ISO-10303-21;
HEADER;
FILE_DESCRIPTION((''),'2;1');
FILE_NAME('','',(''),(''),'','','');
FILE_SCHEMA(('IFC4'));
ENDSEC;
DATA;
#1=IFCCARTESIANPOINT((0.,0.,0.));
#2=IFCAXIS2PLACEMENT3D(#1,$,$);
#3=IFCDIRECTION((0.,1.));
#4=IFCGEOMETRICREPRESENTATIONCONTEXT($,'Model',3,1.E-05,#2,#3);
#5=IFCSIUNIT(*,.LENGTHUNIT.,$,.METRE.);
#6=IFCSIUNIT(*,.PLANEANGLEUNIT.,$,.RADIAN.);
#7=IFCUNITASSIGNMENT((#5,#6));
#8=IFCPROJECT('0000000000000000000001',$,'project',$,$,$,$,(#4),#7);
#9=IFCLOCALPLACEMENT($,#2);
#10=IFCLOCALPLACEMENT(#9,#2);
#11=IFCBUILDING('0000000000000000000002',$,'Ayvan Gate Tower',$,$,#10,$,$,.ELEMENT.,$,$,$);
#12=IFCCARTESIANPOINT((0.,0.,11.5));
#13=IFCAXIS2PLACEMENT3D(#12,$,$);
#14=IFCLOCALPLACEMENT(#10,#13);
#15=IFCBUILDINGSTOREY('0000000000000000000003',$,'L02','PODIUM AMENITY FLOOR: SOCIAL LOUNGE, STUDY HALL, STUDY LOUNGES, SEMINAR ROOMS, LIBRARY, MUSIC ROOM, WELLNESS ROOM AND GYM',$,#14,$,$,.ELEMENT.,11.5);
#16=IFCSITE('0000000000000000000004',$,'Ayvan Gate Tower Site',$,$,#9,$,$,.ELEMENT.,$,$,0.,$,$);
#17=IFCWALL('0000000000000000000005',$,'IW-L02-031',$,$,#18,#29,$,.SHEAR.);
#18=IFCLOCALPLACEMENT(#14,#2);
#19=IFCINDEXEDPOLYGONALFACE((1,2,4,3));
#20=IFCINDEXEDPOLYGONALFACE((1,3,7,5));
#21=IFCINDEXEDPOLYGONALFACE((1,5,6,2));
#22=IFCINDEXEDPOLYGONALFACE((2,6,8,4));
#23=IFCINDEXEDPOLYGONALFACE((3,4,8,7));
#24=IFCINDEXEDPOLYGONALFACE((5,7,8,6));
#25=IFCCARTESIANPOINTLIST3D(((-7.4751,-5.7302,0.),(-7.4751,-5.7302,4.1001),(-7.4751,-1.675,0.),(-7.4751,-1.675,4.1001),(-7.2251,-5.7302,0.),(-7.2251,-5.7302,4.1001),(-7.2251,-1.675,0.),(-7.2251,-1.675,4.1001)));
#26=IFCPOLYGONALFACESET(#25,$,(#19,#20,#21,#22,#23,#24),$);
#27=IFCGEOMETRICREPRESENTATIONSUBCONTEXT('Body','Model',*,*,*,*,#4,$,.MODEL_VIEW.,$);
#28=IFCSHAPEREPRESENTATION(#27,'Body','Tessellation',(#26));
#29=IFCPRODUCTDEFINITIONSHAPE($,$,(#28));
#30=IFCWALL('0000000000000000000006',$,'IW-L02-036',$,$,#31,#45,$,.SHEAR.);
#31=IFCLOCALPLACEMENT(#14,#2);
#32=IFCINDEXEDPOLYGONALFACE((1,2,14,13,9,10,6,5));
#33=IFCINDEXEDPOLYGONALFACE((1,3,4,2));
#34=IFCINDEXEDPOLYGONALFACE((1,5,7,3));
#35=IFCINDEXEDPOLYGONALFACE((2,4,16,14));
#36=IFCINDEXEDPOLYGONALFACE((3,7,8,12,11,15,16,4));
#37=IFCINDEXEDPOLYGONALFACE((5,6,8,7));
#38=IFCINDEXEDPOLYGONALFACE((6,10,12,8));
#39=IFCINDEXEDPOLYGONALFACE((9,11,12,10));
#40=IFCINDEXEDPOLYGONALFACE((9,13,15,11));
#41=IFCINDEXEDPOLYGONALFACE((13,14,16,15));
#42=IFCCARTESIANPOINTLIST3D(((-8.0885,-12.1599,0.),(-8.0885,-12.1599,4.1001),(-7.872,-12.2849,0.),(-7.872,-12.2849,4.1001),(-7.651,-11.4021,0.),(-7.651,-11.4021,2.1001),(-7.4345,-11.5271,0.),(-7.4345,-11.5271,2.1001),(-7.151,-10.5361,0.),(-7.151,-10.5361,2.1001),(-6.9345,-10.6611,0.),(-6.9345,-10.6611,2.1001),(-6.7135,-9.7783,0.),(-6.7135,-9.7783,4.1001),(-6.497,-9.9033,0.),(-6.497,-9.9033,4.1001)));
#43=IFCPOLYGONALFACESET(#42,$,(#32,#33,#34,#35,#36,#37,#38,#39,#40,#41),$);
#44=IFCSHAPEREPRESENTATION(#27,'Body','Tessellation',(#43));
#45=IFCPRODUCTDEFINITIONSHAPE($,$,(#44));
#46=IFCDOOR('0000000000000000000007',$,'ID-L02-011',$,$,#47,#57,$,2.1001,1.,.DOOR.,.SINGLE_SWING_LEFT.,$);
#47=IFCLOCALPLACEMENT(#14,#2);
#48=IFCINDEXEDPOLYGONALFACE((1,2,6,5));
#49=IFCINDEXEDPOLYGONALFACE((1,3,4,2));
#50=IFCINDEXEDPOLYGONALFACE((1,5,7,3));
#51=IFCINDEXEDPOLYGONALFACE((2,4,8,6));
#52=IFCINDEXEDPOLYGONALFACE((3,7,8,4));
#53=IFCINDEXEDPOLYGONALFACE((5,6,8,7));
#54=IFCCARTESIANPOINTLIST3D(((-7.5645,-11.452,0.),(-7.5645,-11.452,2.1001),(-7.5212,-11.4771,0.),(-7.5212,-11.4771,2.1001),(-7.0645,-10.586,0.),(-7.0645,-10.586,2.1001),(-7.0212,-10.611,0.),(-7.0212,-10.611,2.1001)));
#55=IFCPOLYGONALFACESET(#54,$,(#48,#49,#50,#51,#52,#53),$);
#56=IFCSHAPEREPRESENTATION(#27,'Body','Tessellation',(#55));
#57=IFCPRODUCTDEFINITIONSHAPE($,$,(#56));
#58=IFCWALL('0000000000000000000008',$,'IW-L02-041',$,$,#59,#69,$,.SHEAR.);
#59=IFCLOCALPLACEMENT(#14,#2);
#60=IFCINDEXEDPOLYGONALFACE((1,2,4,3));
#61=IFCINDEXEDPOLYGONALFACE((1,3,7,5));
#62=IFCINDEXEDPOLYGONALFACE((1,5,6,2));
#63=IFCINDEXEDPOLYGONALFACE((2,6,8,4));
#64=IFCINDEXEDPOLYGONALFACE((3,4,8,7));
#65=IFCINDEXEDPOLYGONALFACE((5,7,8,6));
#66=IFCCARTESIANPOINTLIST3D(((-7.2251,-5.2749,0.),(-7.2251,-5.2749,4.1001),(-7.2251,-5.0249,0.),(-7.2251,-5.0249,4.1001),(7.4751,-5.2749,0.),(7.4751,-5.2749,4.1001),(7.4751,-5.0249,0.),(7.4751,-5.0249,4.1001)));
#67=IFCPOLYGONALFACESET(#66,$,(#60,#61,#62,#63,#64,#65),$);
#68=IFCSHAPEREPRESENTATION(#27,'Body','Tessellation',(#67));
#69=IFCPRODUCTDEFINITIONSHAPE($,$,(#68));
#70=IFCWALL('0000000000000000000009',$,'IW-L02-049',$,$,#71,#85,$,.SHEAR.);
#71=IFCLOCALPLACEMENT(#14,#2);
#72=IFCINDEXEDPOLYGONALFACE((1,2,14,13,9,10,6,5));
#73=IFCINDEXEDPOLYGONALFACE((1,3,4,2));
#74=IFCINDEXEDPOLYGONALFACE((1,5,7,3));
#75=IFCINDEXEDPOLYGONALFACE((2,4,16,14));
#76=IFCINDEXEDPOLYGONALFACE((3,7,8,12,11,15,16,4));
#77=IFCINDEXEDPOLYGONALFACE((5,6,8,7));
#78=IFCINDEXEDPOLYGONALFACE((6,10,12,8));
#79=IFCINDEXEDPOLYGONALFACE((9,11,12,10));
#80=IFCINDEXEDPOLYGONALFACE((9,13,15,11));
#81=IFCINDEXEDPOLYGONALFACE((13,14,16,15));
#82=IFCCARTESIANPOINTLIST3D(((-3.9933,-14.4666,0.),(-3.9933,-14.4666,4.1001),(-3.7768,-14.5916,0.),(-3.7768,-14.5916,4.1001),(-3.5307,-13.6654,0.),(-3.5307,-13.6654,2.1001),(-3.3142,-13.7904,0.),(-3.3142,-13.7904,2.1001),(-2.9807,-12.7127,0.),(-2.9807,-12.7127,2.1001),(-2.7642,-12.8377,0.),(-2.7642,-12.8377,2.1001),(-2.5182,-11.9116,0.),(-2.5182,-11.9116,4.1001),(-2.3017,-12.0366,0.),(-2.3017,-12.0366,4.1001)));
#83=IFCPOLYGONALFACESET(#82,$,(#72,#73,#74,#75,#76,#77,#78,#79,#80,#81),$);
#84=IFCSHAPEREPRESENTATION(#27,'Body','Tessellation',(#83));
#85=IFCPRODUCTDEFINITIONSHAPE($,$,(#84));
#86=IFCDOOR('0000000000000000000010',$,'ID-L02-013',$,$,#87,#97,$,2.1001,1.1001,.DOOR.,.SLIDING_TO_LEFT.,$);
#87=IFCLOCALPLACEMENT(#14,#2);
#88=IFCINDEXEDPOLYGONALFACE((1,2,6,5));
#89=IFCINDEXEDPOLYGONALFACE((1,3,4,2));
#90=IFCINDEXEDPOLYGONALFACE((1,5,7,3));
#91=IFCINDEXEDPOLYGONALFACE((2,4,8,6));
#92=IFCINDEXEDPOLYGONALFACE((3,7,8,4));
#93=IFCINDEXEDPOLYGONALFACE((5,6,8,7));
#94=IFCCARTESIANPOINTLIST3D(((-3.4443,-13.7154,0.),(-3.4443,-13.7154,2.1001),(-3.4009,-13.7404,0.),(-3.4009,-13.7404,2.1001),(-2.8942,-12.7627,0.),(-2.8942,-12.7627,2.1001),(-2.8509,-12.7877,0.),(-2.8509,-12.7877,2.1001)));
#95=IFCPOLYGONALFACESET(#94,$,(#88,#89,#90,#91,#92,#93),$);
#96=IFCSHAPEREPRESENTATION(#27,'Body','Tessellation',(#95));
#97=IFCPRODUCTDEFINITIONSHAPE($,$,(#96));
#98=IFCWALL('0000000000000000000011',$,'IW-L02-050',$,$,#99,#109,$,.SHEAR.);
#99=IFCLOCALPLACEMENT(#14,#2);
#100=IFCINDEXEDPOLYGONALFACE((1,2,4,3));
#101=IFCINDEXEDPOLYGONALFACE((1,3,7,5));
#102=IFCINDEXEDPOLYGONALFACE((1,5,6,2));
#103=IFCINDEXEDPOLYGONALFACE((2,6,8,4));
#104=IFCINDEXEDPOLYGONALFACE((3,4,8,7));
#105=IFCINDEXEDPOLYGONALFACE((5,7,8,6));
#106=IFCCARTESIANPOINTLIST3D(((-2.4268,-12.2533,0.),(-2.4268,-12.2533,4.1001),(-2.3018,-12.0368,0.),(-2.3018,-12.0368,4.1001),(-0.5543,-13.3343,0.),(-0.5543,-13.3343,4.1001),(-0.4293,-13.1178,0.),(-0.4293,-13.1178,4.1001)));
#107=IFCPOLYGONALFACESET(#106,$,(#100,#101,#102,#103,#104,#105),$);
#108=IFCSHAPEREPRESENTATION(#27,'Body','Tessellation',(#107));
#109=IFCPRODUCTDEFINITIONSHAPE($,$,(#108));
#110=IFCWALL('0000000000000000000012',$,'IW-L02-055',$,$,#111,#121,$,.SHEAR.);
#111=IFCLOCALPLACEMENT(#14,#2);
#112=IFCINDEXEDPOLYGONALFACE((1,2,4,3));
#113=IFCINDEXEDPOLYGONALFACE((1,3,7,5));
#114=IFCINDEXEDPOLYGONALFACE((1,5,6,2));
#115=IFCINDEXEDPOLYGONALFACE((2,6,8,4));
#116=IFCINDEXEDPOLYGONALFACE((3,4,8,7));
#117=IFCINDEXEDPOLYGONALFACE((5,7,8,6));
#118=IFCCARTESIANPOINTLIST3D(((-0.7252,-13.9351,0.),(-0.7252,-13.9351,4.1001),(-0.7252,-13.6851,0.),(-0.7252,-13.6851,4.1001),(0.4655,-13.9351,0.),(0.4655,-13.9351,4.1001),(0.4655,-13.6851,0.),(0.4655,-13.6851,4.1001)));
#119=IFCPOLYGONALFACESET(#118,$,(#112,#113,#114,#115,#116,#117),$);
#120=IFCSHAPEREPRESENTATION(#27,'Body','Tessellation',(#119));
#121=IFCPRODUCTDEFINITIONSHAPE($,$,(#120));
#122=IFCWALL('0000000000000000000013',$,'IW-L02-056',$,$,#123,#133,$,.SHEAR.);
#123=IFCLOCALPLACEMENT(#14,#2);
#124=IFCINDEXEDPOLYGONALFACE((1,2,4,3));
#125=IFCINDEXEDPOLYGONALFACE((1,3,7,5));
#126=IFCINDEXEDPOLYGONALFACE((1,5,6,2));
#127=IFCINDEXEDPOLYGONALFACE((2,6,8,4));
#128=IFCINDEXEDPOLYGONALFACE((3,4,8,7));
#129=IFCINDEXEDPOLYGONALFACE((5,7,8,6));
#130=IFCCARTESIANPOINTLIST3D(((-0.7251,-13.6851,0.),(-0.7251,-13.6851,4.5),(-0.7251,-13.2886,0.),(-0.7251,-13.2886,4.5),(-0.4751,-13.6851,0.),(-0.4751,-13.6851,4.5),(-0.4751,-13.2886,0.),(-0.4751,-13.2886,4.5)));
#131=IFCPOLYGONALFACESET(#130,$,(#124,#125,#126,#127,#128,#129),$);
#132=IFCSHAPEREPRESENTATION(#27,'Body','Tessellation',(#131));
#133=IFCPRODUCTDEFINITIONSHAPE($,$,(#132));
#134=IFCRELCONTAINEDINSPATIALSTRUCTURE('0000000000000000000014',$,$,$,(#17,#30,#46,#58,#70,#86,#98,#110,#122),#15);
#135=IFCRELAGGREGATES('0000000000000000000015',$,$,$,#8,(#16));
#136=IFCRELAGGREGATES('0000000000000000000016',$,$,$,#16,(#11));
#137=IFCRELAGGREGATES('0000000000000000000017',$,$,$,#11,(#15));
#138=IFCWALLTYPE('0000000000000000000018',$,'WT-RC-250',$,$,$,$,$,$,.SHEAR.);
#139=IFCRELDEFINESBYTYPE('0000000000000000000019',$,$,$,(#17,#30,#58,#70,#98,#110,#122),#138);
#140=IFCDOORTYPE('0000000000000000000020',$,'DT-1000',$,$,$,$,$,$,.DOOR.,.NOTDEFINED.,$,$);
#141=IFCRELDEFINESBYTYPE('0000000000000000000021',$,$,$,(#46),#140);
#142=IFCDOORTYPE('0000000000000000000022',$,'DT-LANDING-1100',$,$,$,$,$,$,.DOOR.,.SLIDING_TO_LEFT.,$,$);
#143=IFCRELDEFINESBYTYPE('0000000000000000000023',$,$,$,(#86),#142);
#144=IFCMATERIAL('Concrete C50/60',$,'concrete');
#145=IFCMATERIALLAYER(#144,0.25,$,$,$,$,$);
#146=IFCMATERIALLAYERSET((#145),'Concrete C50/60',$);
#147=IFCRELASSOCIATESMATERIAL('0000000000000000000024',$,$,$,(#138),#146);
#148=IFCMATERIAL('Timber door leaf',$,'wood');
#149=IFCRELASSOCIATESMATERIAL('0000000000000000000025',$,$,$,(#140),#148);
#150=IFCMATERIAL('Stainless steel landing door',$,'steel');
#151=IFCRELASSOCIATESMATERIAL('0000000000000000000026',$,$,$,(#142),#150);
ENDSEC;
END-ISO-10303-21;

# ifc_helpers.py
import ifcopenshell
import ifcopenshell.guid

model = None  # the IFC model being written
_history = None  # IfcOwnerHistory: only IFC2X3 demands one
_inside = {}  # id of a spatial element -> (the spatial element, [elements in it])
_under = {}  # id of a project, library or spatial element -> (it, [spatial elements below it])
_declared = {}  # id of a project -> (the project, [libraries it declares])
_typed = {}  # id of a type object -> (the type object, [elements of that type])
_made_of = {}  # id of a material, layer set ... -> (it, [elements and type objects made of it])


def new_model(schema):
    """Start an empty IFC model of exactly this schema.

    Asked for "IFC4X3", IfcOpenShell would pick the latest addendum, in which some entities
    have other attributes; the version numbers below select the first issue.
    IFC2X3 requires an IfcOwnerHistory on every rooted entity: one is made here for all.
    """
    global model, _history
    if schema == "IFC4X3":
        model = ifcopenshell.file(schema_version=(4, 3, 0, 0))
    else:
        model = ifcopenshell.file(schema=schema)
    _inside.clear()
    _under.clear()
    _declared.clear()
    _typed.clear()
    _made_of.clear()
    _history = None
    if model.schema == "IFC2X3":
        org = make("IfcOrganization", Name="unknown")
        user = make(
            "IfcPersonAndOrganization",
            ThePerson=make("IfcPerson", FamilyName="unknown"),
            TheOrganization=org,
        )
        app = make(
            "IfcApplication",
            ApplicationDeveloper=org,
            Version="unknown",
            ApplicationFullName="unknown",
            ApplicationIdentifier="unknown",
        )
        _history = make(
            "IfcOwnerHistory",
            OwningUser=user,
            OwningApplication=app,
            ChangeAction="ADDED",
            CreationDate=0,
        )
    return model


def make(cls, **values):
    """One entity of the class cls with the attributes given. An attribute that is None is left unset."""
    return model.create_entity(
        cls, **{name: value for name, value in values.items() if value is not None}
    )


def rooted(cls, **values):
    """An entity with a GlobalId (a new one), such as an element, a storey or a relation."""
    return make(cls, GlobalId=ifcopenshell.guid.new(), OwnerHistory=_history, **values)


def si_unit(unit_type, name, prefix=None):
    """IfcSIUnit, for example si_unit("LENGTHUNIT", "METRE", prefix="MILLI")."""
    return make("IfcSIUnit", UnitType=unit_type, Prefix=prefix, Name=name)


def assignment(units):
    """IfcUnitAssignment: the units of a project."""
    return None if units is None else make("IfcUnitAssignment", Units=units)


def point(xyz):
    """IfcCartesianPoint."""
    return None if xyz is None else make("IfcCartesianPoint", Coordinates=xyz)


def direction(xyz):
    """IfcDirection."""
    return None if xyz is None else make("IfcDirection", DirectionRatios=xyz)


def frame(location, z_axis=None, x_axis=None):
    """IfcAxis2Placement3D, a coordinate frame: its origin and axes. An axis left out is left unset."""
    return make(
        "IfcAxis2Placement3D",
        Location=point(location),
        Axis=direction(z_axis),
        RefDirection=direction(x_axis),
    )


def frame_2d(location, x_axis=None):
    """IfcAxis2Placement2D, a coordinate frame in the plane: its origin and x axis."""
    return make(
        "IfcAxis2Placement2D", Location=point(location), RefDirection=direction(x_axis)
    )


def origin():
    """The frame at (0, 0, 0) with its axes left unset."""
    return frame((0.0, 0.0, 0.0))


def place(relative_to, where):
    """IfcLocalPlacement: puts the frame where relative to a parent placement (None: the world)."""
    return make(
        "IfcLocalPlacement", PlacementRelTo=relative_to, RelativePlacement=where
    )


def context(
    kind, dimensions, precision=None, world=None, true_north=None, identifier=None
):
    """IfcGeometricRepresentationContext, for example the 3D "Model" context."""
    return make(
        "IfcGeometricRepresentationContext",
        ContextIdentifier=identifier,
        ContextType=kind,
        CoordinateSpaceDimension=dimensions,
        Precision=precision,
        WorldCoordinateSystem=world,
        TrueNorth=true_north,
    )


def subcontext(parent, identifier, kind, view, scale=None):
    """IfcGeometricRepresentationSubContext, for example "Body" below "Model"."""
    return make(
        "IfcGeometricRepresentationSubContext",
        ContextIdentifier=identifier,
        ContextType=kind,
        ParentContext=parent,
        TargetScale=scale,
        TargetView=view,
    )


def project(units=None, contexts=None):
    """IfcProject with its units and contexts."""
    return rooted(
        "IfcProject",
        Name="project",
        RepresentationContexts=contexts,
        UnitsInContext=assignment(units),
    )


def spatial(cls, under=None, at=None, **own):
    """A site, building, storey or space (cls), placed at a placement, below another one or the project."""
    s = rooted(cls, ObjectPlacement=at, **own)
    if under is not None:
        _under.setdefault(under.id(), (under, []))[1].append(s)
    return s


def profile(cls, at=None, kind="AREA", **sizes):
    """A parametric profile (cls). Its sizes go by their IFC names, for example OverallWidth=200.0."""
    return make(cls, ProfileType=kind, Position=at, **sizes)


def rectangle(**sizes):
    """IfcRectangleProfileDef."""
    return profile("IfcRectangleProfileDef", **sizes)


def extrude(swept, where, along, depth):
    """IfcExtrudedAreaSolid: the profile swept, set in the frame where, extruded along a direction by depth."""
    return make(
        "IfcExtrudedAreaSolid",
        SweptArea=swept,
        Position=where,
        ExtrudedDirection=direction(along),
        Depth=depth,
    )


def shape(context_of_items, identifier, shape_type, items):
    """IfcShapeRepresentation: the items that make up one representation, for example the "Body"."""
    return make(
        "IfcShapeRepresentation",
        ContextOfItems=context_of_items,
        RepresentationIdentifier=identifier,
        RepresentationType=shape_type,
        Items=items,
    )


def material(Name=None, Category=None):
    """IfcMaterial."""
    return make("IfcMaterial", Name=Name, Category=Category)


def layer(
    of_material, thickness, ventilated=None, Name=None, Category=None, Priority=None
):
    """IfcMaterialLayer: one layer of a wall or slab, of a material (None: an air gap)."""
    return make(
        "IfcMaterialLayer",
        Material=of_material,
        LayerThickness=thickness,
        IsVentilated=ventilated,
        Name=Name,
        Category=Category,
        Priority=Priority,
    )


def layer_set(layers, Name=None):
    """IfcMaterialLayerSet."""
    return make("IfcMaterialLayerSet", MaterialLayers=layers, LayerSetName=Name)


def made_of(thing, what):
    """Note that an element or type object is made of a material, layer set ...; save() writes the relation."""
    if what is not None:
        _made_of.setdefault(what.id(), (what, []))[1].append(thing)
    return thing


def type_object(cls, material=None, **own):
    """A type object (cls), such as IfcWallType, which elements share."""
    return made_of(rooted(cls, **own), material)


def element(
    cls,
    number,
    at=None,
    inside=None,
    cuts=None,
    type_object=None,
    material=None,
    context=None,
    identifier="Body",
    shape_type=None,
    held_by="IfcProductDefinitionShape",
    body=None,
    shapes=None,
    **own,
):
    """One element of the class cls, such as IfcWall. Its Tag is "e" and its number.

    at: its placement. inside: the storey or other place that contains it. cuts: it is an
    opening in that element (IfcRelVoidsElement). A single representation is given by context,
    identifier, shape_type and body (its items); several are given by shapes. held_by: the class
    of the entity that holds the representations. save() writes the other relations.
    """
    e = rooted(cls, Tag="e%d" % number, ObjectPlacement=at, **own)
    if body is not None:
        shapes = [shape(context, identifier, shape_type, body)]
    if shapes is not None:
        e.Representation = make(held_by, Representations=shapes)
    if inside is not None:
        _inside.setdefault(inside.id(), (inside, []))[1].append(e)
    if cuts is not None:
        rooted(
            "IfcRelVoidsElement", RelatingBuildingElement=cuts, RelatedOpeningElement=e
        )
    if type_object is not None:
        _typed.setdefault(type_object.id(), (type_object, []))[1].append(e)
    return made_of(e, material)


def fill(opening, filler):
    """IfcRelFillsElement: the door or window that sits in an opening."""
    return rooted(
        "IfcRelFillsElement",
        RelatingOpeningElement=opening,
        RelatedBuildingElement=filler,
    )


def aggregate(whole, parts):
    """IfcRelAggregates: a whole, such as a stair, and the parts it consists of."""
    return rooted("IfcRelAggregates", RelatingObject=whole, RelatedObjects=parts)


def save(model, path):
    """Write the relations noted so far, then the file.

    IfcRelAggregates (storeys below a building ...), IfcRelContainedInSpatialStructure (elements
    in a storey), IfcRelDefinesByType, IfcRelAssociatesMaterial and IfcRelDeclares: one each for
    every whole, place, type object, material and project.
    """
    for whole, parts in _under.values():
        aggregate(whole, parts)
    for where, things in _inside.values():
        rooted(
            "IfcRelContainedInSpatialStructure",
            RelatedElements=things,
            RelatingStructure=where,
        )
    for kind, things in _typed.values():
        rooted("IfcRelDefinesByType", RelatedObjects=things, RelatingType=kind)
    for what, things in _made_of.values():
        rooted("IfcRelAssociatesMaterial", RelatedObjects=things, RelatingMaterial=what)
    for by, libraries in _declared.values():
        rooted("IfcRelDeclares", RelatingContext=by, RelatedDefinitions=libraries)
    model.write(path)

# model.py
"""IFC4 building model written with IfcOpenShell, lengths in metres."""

from ifc_helpers import new_model, si_unit, direction, frame, frame_2d, origin, place, context, subcontext, project, spatial, rectangle, extrude, material, layer, layer_set, type_object, element, fill, save


model = new_model("IFC4")

# Units and contexts
model_context = context("Model", 3, precision=1e-05, world=origin(), true_north=direction((0.0, 1.0)))
body_context = subcontext(model_context, "Body", "Model", "MODEL_VIEW")
ifc_project = project(units=[si_unit("LENGTHUNIT", "METRE"), si_unit("PLANEANGLEUNIT", "RADIAN")], contexts=[model_context])

# Site, building, storey
site_placement = place(None, origin())
site = spatial("IfcSite", under=ifc_project, at=site_placement, Name="Ayvan Gate Tower Site", CompositionType="ELEMENT", RefElevation=0.0)
building_placement = place(site_placement, origin())
building = spatial("IfcBuilding", under=site, at=building_placement, Name="Ayvan Gate Tower", CompositionType="ELEMENT")
storey_placement = place(building_placement, frame((0.0, 0.0, 11.5)))
storey = spatial("IfcBuildingStorey", under=building, at=storey_placement, Name="L02", Description="PODIUM AMENITY FLOOR: SOCIAL LOUNGE, STUDY HALL, STUDY LOUNGES, SEMINAR ROOMS, LIBRARY, MUSIC ROOM, WELLNESS ROOM AND GYM", CompositionType="ELEMENT", Elevation=11.5)

# Shared definitions
ifc_material_1 = material(Name="Timber door leaf", Category="wood")

# Wall
ifc_material_2 = material(Name="Concrete C50/60", Category="concrete")
ifc_layer_1 = layer(ifc_material_2, 0.25)
ifc_layer_set_1 = layer_set([ifc_layer_1], Name="Concrete C50/60")
wall_type_1 = type_object("IfcWallType", Name="WT-RC-250", PredefinedType="SHEAR", material=ifc_layer_set_1)
wall_1_placement = place(storey_placement, frame((-7.3501, -5.7302, 0.0), z_axis=(0.0, 0.0, 1.0), x_axis=(0.0, 1.0, 0.0)))
element("IfcWall", 1, at=wall_1_placement, inside=storey, type_object=wall_type_1, Name="IW-L02-031", PredefinedType="SHEAR", context=body_context, shape_type="SweptSolid", body=[
    extrude(rectangle(XDim=4.0552, YDim=0.25, at=frame_2d((2.0276, 0.0))), origin(), (0.0, 0.0, 1.0), 4.1001),
])

# Wall, opening, door
wall_2_placement = place(storey_placement, frame((-6.6052, -9.8408, 0.0), z_axis=(0.0, 0.0, 1.0), x_axis=(-0.499997, -0.866027, 0.0)))
wall_2 = element("IfcWall", 2, at=wall_2_placement, inside=storey, type_object=wall_type_1, Name="IW-L02-036", PredefinedType="SHEAR", context=body_context, shape_type="SweptSolid", body=[
    extrude(rectangle(XDim=2.75, YDim=0.25, at=frame_2d((1.375, 0.0))), origin(), (0.0, 0.0, 1.0), 4.1001),
])
opening_1_placement = place(wall_2_placement, frame((0.875, 0.0, 0.0)))
opening_1 = element("IfcOpeningElement", 3, at=opening_1_placement, cuts=wall_2, PredefinedType="OPENING", context=body_context, shape_type="SweptSolid", body=[
    extrude(rectangle(XDim=1.0, YDim=2.1001, at=frame_2d((0.5, 1.05))), frame((0.0, 0.135, 0.0), z_axis=(0.0, -1.0, 0.0), x_axis=(1.0, 0.0, 0.0)), (0.0, 0.0, 1.0), 0.27),
])
door_type_1 = type_object("IfcDoorType", Name="DT-1000", OperationType="NOTDEFINED", PredefinedType="DOOR", material=ifc_material_1)
door_1_placement = place(opening_1_placement, origin())
door_1 = element("IfcDoor", 4, at=door_1_placement, inside=storey, type_object=door_type_1, Name="ID-L02-011", OperationType="SINGLE_SWING_LEFT", OverallHeight=2.1001, OverallWidth=1.0, PredefinedType="DOOR", context=body_context, shape_type="SweptSolid", body=[
    extrude(rectangle(XDim=1.0, YDim=2.1001, at=frame_2d((0.5, 1.05))), frame((0.0, 0.0249, 0.0), z_axis=(0.0, -1.0, 0.0), x_axis=(1.0, 0.0, 0.0)), (0.0, 0.0, 1.0), 0.05),
])
fill(opening_1, door_1)

# Wall
wall_3_placement = place(storey_placement, frame((-7.2251, -5.1499, 0.0), z_axis=(0.0, 0.0, 1.0), x_axis=(1.0, 0.0, 0.0)))
element("IfcWall", 5, at=wall_3_placement, inside=storey, type_object=wall_type_1, Name="IW-L02-041", PredefinedType="SHEAR", context=body_context, shape_type="SweptSolid", body=[
    extrude(rectangle(XDim=14.7002, YDim=0.25, at=frame_2d((7.3501, 0.0))), origin(), (0.0, 0.0, 1.0), 4.1001),
])

# Wall, opening, door
wall_4_placement = place(storey_placement, frame((-2.4099, -11.9741, 0.0), z_axis=(0.0, 0.0, 1.0), x_axis=(-0.500002, -0.866024, 0.0)))
wall_4 = element("IfcWall", 6, at=wall_4_placement, inside=storey, type_object=wall_type_1, Name="IW-L02-049", PredefinedType="SHEAR", context=body_context, shape_type="SweptSolid", body=[
    extrude(rectangle(XDim=2.9502, YDim=0.25, at=frame_2d((1.4751, 0.0))), origin(), (0.0, 0.0, 1.0), 4.1001),
])
opening_2_placement = place(wall_4_placement, frame((0.925, 0.0, 0.0)))
opening_2 = element("IfcOpeningElement", 7, at=opening_2_placement, cuts=wall_4, PredefinedType="OPENING", context=body_context, shape_type="SweptSolid", body=[
    extrude(rectangle(XDim=1.1001, YDim=2.1001, at=frame_2d((0.55, 1.05))), frame((0.0, 0.135, 0.0), z_axis=(0.0, -1.0, 0.0), x_axis=(1.0, 0.0, 0.0)), (0.0, 0.0, 1.0), 0.27),
])
ifc_material_3 = material(Name="Stainless steel landing door", Category="steel")
door_type_2 = type_object("IfcDoorType", Name="DT-LANDING-1100", OperationType="SLIDING_TO_LEFT", PredefinedType="DOOR", material=ifc_material_3)
door_2_placement = place(opening_2_placement, origin())
door_2 = element("IfcDoor", 8, at=door_2_placement, inside=storey, type_object=door_type_2, Name="ID-L02-013", OperationType="SLIDING_TO_LEFT", OverallHeight=2.1001, OverallWidth=1.1001, PredefinedType="DOOR", context=body_context, shape_type="SweptSolid", body=[
    extrude(rectangle(XDim=1.1001, YDim=2.1001, at=frame_2d((0.55, 1.05))), frame((0.0, 0.0249, 0.0), z_axis=(0.0, -1.0, 0.0), x_axis=(1.0, 0.0, 0.0)), (0.0, 0.0, 1.0), 0.05),
])
fill(opening_2, door_2)

# Walls
wall_5_placement = place(storey_placement, frame((-2.3643, -12.145, 0.0), z_axis=(0.0, 0.0, 1.0), x_axis=(0.866039, -0.499977, 0.0)))
element("IfcWall", 9, at=wall_5_placement, inside=storey, type_object=wall_type_1, Name="IW-L02-050", PredefinedType="SHEAR", context=body_context, shape_type="SweptSolid", body=[
    extrude(rectangle(XDim=2.1621, YDim=0.25, at=frame_2d((1.0811, 0.0))), origin(), (0.0, 0.0, 1.0), 4.1001),
])
wall_6_placement = place(storey_placement, frame((-0.7251, -13.8101, 0.0), z_axis=(0.0, 0.0, 1.0), x_axis=(1.0, 0.0, 0.0)))
element("IfcWall", 10, at=wall_6_placement, inside=storey, type_object=wall_type_1, Name="IW-L02-055", PredefinedType="SHEAR", context=body_context, shape_type="SweptSolid", body=[
    extrude(rectangle(XDim=1.1907, YDim=0.25, at=frame_2d((0.5952, 0.0))), origin(), (0.0, 0.0, 1.0), 4.1001),
])
wall_7_placement = place(storey_placement, frame((-0.6001, -13.2886, 0.0), z_axis=(0.0, 0.0, 1.0), x_axis=(0.0, -1.0, 0.0)))
element("IfcWall", 11, at=wall_7_placement, inside=storey, type_object=wall_type_1, Name="IW-L02-056", PredefinedType="SHEAR", context=body_context, shape_type="SweptSolid", body=[
    extrude(rectangle(XDim=0.3965, YDim=0.25, at=frame_2d((0.1982, 0.0))), origin(), (0.0, 0.0, 1.0), 4.5),
])

save(model, "model.ifc")
